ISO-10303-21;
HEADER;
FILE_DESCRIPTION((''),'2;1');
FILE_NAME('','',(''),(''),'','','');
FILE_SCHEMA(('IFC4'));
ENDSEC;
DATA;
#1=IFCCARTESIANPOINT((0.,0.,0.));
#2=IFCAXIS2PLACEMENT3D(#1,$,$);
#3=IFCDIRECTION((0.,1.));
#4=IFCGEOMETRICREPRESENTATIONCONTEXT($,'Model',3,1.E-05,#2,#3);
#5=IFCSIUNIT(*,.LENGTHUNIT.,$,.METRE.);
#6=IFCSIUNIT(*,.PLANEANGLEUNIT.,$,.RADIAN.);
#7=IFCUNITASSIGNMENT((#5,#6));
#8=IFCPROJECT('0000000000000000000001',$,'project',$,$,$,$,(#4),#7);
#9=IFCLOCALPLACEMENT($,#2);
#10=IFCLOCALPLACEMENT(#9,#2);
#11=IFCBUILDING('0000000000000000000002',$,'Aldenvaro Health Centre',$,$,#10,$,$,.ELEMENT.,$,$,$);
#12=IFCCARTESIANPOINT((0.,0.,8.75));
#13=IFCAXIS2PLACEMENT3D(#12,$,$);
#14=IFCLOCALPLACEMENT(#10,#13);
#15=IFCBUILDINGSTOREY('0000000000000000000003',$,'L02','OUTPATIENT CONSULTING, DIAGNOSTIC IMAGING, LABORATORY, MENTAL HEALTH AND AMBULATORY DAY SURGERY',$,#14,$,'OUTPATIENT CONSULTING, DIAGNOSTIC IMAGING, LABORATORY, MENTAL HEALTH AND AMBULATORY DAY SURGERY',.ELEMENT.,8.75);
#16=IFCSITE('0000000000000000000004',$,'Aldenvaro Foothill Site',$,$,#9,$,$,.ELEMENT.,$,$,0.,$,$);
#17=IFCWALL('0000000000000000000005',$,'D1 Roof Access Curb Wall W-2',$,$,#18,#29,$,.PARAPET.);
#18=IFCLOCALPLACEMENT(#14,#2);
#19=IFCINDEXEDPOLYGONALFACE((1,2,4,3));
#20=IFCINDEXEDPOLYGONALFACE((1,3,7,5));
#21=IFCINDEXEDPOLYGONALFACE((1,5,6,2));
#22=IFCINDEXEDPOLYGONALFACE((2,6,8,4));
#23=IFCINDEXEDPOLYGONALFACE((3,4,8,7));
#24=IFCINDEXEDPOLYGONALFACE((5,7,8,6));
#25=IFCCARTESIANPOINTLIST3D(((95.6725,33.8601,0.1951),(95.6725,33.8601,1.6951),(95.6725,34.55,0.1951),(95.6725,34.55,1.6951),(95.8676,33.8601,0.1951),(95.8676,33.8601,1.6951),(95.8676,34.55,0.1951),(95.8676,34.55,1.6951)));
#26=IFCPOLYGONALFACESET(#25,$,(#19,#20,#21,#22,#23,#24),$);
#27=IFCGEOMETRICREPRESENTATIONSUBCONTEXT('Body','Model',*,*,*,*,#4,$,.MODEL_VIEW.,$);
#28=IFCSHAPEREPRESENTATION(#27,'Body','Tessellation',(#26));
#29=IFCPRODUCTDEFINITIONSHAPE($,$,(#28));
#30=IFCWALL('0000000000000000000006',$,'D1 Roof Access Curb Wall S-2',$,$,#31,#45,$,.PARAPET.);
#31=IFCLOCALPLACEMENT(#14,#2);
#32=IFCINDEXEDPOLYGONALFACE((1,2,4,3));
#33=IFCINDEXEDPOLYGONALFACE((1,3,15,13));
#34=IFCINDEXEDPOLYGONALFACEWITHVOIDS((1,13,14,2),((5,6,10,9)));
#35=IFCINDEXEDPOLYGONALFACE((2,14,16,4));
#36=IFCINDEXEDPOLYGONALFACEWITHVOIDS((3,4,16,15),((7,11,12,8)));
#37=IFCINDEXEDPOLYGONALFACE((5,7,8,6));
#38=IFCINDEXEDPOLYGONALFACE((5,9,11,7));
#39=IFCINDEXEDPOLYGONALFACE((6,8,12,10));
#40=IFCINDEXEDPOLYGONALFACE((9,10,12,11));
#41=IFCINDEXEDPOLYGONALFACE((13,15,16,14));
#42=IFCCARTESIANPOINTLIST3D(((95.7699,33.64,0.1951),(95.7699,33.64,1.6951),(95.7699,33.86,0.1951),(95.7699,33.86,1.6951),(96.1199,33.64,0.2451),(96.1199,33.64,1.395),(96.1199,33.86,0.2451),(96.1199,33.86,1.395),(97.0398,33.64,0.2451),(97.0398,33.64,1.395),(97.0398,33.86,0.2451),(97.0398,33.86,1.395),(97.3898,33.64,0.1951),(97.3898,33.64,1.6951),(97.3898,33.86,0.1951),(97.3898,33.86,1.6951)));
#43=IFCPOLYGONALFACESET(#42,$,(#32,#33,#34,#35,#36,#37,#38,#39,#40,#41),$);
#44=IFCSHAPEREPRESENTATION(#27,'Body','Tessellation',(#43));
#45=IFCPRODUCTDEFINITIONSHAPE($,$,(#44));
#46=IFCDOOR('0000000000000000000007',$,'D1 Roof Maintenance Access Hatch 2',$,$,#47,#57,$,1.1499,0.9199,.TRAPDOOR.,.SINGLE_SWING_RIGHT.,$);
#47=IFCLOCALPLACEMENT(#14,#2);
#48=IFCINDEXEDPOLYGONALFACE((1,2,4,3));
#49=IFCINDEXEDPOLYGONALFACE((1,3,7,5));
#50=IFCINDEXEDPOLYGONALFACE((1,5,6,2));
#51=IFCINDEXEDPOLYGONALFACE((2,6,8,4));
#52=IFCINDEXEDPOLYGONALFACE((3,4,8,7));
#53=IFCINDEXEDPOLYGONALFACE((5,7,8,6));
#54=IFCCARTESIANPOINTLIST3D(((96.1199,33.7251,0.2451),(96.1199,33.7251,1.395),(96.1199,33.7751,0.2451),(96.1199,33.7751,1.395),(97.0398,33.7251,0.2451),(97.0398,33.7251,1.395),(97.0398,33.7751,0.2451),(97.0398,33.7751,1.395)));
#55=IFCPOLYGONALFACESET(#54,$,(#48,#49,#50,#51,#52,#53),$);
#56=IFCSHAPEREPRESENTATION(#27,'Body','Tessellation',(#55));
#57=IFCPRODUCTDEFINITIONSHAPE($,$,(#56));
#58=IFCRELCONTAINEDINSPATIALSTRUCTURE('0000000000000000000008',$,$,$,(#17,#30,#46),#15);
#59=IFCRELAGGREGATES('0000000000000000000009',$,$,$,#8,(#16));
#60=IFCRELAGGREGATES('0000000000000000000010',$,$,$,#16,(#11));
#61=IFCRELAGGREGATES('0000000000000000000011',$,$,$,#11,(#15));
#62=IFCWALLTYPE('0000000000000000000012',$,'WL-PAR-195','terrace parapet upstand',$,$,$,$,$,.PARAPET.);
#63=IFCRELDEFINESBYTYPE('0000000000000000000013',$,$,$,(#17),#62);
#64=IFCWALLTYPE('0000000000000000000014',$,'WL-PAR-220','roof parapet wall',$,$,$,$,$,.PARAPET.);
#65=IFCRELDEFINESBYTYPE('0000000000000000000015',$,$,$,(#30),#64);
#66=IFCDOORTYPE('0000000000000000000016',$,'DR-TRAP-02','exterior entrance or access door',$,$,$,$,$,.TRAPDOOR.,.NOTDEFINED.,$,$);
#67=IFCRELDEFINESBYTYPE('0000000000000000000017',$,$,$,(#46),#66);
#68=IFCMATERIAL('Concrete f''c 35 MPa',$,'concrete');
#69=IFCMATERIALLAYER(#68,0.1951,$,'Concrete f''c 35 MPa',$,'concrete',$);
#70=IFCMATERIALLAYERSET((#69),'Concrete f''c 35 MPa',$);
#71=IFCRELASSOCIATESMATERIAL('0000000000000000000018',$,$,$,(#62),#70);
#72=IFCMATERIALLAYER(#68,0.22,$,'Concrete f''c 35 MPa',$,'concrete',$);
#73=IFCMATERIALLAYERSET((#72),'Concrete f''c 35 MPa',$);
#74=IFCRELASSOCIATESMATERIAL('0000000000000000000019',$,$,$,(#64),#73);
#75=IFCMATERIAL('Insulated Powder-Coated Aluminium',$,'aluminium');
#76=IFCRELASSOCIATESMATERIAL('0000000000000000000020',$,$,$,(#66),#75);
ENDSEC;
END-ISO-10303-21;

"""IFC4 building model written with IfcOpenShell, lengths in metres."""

from ifc_helpers import new_model, si_unit, direction, frame, frame_2d, origin, place, context, subcontext, project, spatial, rectangle, extrude, material, layer, layer_set, type_object, element, fill, save


model = new_model("IFC4")

# Units and contexts
model_context = context("Model", 3, precision=1e-05, world=origin(), true_north=direction((0.0, 1.0)))
body_context = subcontext(model_context, "Body", "Model", "MODEL_VIEW")
ifc_project = project(units=[si_unit("LENGTHUNIT", "METRE"), si_unit("PLANEANGLEUNIT", "RADIAN")], contexts=[model_context])

# Site, building, storey
site_placement = place(None, origin())
site = spatial("IfcSite", under=ifc_project, at=site_placement, Name="Aldenvaro Foothill Site", CompositionType="ELEMENT", RefElevation=0.0)
building_placement = place(site_placement, origin())
building = spatial("IfcBuilding", under=site, at=building_placement, Name="Aldenvaro Health Centre", CompositionType="ELEMENT")
storey_placement = place(building_placement, frame((0.0, 0.0, 8.75)))
storey = spatial("IfcBuildingStorey", under=building, at=storey_placement, Name="L02", Description="OUTPATIENT CONSULTING, DIAGNOSTIC IMAGING, LABORATORY, MENTAL HEALTH AND AMBULATORY DAY SURGERY", LongName="OUTPATIENT CONSULTING, DIAGNOSTIC IMAGING, LABORATORY, MENTAL HEALTH AND AMBULATORY DAY SURGERY", CompositionType="ELEMENT", Elevation=8.75)

# Wall
ifc_material_1 = material(Name="Concrete f'c 35 MPa", Category="concrete")
ifc_layer_1 = layer(ifc_material_1, 0.1951, Name="Concrete f'c 35 MPa", Category="concrete")
ifc_layer_set_1 = layer_set([ifc_layer_1], Name="Concrete f'c 35 MPa")
wall_type_1 = type_object("IfcWallType", Name="WL-PAR-195", Description="terrace parapet upstand", PredefinedType="PARAPET", material=ifc_layer_set_1)
wall_1_placement = place(storey_placement, frame((95.77, 33.8601, 0.1951), z_axis=(0.0, 0.0, 1.0), x_axis=(0.0, 1.0, 0.0)))
element("IfcWall", 1, at=wall_1_placement, inside=storey, type_object=wall_type_1, Name="D1 Roof Access Curb Wall W-2", PredefinedType="PARAPET", context=body_context, shape_type="SweptSolid", body=[
    extrude(rectangle(XDim=0.6899, YDim=0.1951, at=frame_2d((0.345, 0.0))), origin(), (0.0, 0.0, 1.0), 1.5),
])

# Wall, opening, door
ifc_layer_2 = layer(ifc_material_1, 0.22, Name="Concrete f'c 35 MPa", Category="concrete")
ifc_layer_set_2 = layer_set([ifc_layer_2], Name="Concrete f'c 35 MPa")
wall_type_2 = type_object("IfcWallType", Name="WL-PAR-220", Description="roof parapet wall", PredefinedType="PARAPET", material=ifc_layer_set_2)
wall_2_placement = place(storey_placement, frame((97.3899, 33.75, 0.1951), z_axis=(0.0, 0.0, 1.0), x_axis=(-1.0, 0.0, 0.0)))
wall_2 = element("IfcWall", 2, at=wall_2_placement, inside=storey, type_object=wall_type_2, Name="D1 Roof Access Curb Wall S-2", PredefinedType="PARAPET", context=body_context, shape_type="SweptSolid", body=[
    extrude(rectangle(XDim=1.6199, YDim=0.22, at=frame_2d((0.8101, 0.0))), origin(), (0.0, 0.0, 1.0), 1.5),
])
opening_placement = place(wall_2_placement, frame((0.3501, 0.0, 0.05)))
opening = element("IfcOpeningElement", 3, at=opening_placement, cuts=wall_2, PredefinedType="OPENING", context=body_context, shape_type="SweptSolid", body=[
    extrude(rectangle(XDim=0.9199, YDim=1.1499, at=frame_2d((0.46, 0.575))), frame((0.0, 0.1201, 0.0), z_axis=(0.0, -1.0, 0.0), x_axis=(1.0, 0.0, 0.0)), (0.0, 0.0, 1.0), 0.24),
])
ifc_material_2 = material(Name="Insulated Powder-Coated Aluminium", Category="aluminium")
door_type = type_object("IfcDoorType", Name="DR-TRAP-02", Description="exterior entrance or access door", OperationType="NOTDEFINED", PredefinedType="TRAPDOOR", material=ifc_material_2)
door_placement = place(opening_placement, origin())
door = element("IfcDoor", 4, at=door_placement, inside=storey, type_object=door_type, Name="D1 Roof Maintenance Access Hatch 2", OperationType="SINGLE_SWING_RIGHT", OverallHeight=1.1499, OverallWidth=0.9199, PredefinedType="TRAPDOOR", context=body_context, shape_type="SweptSolid", body=[
    extrude(rectangle(XDim=0.9199, YDim=1.1499, at=frame_2d((0.46, 0.575))), frame((0.0, 0.0249, 0.0), z_axis=(0.0, -1.0, 0.0), x_axis=(1.0, 0.0, 0.0)), (0.0, 0.0, 1.0), 0.05),
])
fill(opening, door)

save(model, "model.ifc")
